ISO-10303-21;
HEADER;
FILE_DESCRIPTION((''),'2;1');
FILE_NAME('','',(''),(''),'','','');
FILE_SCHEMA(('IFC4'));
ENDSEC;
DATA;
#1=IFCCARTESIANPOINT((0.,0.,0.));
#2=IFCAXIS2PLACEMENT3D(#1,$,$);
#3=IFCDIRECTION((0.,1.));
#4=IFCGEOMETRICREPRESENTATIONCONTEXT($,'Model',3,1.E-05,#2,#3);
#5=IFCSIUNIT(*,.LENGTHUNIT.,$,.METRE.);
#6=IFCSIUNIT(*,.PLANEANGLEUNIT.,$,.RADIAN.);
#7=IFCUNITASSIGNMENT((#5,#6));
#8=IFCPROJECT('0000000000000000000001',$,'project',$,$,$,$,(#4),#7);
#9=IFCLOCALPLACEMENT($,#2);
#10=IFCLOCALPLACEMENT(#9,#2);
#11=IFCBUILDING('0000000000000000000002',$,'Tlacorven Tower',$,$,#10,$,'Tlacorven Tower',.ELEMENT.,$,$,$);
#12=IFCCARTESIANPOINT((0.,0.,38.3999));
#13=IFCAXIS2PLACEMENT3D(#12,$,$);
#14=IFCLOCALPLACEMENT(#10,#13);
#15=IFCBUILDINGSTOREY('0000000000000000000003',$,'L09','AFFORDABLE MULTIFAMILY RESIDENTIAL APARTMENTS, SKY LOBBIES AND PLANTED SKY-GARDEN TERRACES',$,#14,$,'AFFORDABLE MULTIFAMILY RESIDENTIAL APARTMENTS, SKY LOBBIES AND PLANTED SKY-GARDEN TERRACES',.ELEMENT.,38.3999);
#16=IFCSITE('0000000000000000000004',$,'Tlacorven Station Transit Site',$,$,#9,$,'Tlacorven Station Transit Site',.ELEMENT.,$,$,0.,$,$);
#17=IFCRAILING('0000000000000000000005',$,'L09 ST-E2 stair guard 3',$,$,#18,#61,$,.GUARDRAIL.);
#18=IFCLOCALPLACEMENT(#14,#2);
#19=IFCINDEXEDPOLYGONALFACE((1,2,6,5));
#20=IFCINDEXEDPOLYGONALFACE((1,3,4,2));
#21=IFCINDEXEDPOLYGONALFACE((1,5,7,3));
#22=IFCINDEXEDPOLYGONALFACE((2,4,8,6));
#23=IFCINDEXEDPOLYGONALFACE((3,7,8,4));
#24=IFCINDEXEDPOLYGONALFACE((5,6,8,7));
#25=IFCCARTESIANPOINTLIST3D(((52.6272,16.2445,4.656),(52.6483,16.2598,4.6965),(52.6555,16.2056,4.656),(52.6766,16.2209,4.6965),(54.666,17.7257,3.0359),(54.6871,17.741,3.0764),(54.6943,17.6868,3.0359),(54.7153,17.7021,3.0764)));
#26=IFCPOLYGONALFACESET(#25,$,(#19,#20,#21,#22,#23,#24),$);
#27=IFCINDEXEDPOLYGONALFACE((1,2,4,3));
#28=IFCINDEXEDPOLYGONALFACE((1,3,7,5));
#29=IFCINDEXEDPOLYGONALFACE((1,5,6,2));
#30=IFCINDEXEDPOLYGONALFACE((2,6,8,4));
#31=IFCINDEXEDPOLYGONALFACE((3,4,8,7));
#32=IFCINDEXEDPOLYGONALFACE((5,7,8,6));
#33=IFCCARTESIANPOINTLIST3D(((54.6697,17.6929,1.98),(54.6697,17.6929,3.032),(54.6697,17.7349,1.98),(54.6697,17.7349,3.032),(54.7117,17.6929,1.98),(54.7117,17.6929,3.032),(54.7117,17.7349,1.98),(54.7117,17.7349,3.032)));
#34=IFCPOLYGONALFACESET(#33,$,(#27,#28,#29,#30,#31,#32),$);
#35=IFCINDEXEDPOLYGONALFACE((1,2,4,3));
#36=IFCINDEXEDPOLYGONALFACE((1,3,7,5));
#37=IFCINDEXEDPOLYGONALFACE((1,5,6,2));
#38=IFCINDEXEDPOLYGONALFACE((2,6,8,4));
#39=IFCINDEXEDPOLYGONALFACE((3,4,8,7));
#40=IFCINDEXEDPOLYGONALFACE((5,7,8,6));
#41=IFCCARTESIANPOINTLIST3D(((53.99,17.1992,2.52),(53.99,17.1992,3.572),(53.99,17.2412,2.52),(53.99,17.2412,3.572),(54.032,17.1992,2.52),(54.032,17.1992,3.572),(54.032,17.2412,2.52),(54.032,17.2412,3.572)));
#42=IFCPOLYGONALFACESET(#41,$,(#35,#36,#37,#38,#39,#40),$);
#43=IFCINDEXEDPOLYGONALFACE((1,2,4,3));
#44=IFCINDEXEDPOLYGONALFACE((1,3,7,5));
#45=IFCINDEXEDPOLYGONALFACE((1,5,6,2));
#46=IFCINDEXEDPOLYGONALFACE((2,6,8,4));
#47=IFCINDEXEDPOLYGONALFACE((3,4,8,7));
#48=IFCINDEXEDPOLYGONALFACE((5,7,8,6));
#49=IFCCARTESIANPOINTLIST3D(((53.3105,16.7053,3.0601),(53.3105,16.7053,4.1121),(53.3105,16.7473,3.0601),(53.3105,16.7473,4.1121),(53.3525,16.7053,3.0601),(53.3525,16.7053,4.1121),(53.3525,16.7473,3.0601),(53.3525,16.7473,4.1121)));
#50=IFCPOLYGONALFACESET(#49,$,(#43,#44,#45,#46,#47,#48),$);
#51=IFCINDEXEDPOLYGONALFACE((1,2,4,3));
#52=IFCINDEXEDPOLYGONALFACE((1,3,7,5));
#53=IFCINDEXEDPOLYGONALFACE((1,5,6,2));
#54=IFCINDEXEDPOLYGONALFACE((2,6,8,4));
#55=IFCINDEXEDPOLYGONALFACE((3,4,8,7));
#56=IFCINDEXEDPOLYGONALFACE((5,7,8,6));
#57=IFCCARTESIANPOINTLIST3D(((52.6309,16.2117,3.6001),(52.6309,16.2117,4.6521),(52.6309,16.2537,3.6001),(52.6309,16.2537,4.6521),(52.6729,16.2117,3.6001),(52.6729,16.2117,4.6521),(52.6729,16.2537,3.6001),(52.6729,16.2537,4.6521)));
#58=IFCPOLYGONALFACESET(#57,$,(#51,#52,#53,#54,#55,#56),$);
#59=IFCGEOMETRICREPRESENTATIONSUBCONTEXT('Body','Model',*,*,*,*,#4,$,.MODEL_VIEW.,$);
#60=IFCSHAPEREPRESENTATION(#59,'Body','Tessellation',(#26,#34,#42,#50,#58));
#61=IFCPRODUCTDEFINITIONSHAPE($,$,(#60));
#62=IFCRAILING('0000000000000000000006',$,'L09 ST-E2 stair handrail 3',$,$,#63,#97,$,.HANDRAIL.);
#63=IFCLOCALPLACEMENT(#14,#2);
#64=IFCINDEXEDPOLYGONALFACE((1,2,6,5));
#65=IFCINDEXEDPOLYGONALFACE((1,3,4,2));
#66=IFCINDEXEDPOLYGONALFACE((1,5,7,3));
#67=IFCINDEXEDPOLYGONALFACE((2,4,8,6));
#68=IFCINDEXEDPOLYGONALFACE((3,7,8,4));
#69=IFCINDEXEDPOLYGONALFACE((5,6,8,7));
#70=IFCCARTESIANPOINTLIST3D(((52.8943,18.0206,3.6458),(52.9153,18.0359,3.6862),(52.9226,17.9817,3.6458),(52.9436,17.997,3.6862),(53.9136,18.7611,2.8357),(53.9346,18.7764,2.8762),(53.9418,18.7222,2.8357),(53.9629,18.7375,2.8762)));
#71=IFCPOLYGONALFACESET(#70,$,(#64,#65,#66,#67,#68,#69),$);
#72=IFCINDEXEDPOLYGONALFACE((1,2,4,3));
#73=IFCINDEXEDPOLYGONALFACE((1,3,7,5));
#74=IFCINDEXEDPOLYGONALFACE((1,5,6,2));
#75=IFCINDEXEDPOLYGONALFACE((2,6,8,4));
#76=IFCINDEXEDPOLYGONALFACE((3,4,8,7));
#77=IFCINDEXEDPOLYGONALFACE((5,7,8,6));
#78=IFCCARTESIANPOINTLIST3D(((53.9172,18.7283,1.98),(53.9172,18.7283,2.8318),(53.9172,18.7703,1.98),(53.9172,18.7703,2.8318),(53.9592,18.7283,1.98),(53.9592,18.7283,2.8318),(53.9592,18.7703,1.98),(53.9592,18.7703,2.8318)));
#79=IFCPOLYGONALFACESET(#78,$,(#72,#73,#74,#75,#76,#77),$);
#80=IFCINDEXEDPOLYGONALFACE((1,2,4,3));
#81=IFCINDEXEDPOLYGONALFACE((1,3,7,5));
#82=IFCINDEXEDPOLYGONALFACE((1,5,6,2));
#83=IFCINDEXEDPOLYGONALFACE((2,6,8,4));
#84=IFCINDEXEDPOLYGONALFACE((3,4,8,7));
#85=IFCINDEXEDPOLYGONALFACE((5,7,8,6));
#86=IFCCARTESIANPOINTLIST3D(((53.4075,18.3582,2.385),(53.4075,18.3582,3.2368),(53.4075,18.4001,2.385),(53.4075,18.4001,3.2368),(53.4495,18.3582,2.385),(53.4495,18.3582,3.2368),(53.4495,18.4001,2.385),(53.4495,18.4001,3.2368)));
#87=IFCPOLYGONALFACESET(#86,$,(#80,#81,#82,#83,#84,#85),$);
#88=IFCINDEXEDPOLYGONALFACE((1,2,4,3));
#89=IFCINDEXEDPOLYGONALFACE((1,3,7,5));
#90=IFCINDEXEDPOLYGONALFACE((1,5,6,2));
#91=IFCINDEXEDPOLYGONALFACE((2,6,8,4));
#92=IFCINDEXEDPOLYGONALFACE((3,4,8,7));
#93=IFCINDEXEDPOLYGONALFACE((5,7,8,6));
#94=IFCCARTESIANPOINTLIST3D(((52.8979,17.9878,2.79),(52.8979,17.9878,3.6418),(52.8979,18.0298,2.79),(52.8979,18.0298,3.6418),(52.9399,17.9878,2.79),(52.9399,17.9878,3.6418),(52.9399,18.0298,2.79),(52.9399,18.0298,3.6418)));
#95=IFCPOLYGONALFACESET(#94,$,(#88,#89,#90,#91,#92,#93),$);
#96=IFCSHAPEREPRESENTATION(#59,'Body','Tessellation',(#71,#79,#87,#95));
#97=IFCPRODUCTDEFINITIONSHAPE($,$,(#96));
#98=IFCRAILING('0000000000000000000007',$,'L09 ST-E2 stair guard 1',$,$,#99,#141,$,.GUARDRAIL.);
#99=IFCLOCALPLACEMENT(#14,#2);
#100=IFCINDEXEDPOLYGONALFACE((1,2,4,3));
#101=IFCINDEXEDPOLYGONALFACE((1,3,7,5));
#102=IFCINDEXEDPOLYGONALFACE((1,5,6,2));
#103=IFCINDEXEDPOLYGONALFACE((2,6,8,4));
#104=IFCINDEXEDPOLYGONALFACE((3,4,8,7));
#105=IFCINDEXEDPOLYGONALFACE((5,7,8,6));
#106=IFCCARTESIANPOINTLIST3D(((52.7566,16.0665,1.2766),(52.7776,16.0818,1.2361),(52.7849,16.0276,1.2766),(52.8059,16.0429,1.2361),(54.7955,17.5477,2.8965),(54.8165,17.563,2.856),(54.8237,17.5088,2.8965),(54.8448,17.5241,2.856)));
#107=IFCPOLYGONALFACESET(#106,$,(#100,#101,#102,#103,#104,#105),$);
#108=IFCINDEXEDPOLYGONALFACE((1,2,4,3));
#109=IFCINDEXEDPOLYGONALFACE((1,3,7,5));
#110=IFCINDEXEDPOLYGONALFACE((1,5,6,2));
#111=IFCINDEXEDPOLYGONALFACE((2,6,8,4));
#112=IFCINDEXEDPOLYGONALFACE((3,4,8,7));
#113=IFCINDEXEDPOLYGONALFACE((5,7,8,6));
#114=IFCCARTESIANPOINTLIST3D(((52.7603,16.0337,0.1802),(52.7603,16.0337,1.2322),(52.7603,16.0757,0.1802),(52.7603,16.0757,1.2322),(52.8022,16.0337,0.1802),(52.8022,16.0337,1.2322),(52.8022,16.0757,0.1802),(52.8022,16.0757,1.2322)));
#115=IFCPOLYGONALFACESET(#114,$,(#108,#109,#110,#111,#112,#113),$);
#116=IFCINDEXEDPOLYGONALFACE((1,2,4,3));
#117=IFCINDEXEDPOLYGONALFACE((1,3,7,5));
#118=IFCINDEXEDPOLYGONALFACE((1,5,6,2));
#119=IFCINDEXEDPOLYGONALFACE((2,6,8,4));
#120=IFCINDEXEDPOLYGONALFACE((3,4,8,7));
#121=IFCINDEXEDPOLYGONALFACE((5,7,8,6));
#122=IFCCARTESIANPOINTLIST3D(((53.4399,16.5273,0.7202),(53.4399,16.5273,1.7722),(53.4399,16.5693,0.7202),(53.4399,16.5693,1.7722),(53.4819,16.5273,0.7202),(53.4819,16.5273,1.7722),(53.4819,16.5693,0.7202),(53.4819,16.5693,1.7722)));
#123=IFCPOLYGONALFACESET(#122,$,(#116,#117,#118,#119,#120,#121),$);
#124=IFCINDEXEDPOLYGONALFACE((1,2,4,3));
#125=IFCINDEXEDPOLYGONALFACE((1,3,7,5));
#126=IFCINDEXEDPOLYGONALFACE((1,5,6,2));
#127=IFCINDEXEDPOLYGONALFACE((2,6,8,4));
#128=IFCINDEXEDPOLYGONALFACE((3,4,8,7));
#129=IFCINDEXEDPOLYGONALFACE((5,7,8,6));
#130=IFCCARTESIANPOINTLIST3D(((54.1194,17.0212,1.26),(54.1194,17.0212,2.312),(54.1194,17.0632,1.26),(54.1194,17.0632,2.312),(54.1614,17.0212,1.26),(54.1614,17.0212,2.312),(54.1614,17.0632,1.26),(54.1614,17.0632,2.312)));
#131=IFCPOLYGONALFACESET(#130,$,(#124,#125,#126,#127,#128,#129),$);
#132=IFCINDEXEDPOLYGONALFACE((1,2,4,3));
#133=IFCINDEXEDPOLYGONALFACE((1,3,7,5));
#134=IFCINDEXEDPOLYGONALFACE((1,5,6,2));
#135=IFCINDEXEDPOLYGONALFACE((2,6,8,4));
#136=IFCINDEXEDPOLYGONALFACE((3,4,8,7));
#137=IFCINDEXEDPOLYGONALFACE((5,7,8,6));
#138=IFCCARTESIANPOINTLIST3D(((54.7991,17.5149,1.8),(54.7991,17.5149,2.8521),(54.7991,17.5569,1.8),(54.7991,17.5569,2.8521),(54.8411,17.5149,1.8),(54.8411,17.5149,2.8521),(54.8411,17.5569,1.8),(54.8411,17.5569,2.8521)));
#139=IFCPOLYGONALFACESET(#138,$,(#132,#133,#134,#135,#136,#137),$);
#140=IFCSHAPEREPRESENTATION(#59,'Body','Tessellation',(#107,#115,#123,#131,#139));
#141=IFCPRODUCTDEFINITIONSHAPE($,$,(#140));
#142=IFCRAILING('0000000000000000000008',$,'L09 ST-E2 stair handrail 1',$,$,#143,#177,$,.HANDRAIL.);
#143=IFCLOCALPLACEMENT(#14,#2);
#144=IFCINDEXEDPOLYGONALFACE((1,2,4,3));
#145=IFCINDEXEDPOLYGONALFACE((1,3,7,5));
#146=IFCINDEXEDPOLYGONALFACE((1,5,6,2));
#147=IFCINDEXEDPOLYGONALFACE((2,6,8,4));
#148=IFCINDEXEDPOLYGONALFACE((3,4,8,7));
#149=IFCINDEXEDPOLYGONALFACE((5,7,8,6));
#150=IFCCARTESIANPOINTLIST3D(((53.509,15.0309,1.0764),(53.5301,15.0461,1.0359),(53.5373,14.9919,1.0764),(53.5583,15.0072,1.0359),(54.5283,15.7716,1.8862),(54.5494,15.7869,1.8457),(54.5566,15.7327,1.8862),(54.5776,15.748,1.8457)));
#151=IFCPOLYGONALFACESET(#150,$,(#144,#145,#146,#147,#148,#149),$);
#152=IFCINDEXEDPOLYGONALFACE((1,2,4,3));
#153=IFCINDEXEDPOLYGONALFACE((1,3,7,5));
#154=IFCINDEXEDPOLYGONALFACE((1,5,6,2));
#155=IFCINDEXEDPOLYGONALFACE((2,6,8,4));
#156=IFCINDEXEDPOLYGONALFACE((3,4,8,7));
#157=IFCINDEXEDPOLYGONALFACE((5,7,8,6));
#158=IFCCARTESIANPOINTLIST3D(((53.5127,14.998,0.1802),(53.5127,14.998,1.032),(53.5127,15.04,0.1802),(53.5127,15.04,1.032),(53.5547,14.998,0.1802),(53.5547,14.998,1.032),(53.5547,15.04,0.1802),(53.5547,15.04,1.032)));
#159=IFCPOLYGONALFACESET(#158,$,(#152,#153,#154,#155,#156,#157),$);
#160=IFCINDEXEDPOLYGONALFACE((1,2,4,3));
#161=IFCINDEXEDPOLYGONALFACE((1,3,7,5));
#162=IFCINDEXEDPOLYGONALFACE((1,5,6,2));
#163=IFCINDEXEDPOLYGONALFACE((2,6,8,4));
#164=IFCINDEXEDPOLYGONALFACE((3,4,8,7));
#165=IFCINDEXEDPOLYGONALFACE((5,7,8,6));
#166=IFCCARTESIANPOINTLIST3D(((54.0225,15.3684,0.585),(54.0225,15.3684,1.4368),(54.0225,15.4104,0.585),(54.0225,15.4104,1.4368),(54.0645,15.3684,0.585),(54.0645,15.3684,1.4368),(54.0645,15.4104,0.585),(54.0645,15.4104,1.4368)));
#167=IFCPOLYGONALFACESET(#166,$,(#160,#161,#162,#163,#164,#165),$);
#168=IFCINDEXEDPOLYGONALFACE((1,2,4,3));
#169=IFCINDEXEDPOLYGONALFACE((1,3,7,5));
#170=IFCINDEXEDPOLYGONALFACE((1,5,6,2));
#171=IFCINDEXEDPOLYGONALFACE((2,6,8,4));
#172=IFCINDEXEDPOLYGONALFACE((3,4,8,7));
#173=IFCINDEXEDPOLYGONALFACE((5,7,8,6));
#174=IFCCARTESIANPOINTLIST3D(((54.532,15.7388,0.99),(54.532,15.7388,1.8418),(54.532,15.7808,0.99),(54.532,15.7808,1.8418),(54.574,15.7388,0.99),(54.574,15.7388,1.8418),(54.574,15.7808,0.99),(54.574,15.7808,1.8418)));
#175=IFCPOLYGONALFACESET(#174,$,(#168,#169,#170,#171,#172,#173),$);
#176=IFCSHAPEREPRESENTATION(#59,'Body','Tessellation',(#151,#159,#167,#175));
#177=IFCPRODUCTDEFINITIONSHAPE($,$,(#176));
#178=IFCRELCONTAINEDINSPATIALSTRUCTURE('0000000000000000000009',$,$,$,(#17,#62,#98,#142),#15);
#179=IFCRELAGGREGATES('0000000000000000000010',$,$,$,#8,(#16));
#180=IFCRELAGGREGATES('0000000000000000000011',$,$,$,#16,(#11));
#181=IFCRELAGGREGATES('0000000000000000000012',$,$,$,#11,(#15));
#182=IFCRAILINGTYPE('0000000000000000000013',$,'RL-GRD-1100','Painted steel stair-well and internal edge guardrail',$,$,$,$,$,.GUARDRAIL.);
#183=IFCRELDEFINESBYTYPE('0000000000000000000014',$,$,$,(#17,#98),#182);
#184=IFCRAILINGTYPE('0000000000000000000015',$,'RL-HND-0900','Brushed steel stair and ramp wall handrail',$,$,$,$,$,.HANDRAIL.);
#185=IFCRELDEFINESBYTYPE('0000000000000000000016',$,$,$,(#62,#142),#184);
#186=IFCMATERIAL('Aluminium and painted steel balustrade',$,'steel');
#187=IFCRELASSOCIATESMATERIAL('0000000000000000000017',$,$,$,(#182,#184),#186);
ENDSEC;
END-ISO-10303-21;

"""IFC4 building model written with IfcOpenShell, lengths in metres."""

from ifc_helpers import new_model, si_unit, direction, frame, origin, origin_2d, place, context, subcontext, project, spatial, rectangle, extrude, source, transform, mapped, material, type_object, element, save


model = new_model("IFC4")

# Units and contexts
model_context = context("Model", 3, precision=1e-05, world=origin(), true_north=direction((0.0, 1.0)))
body_context = subcontext(model_context, "Body", "Model", "MODEL_VIEW")
ifc_project = project(units=[si_unit("LENGTHUNIT", "METRE"), si_unit("PLANEANGLEUNIT", "RADIAN")], contexts=[model_context])

# Site, building, storey
site_placement = place(None, origin())
site = spatial("IfcSite", under=ifc_project, at=site_placement, Name="Tlacorven Station Transit Site", LongName="Tlacorven Station Transit Site", CompositionType="ELEMENT", RefElevation=0.0)
building_placement = place(site_placement, origin())
building = spatial("IfcBuilding", under=site, at=building_placement, Name="Tlacorven Tower", LongName="Tlacorven Tower", CompositionType="ELEMENT")
storey_placement = place(building_placement, frame((0.0, 0.0, 38.3999)))
storey = spatial("IfcBuildingStorey", under=building, at=storey_placement, Name="L09", Description="AFFORDABLE MULTIFAMILY RESIDENTIAL APARTMENTS, SKY LOBBIES AND PLANTED SKY-GARDEN TERRACES", LongName="AFFORDABLE MULTIFAMILY RESIDENTIAL APARTMENTS, SKY LOBBIES AND PLANTED SKY-GARDEN TERRACES", CompositionType="ELEMENT", Elevation=38.3999)

# Railings
ifc_material_1 = material(Name="Aluminium and painted steel balustrade", Category="steel")
railing_type_1 = type_object("IfcRailingType", Name="RL-GRD-1100", Description="Painted steel stair-well and internal edge guardrail", PredefinedType="GUARDRAIL", material=ifc_material_1)
railing_type_2 = type_object("IfcRailingType", Name="RL-HND-0900", Description="Brushed steel stair and ramp wall handrail", PredefinedType="HANDRAIL", material=ifc_material_1)
shared_shape_1 = source(origin(), body_context, "Body", "SweptSolid", [
    extrude(rectangle(XDim=0.0481, YDim=0.0481, at=origin_2d()), frame((0.0, 0.0, 1.0762), z_axis=(-0.680532, -0.494407, 0.540775), x_axis=(0.587763, -0.809033, 0.0)), (0.0, 0.0, 1.0), 2.9958),
    extrude(rectangle(XDim=0.042, YDim=0.042, at=origin_2d()), origin(), (0.0, 0.0, 1.0), 1.052),
    extrude(rectangle(XDim=0.042, YDim=0.042, at=origin_2d()), frame((-0.6797, -0.4937, 0.54)), (0.0, 0.0, 1.0), 1.052),
    extrude(rectangle(XDim=0.042, YDim=0.042, at=origin_2d()), frame((-1.3591, -0.9875, 1.0801)), (0.0, 0.0, 1.0), 1.052),
    extrude(rectangle(XDim=0.042, YDim=0.042, at=origin_2d()), frame((-2.0388, -1.4812, 1.6201)), (0.0, 0.0, 1.0), 1.052),
])
railing_1_placement = place(storey_placement, frame((54.6907, 17.7139, 1.98)))
element("IfcRailing", 1, at=railing_1_placement, inside=storey, type_object=railing_type_1, Name="L09 ST-E2 stair guard 3", PredefinedType="GUARDRAIL", context=body_context, shape_type="MappedRepresentation", body=[
    mapped(shared_shape_1, transform((0.0, 0.0, 0.0), scale=1.0)),
])
shared_shape_2 = source(origin(), body_context, "Body", "SweptSolid", [
    extrude(rectangle(XDim=0.0481, YDim=0.0481, at=origin_2d()), frame((0.0, 0.0, 0.876), z_axis=(-0.680516, -0.494373, 0.540827), x_axis=(0.587745, -0.809046, 0.0)), (0.0, 0.0, 1.0), 1.4978),
    extrude(rectangle(XDim=0.042, YDim=0.042, at=origin_2d()), origin(), (0.0, 0.0, 1.0), 0.8518),
    extrude(rectangle(XDim=0.042, YDim=0.042, at=origin_2d()), frame((-0.5098, -0.3701, 0.405)), (0.0, 0.0, 1.0), 0.8518),
    extrude(rectangle(XDim=0.042, YDim=0.042, at=origin_2d()), frame((-1.0193, -0.7405, 0.8101)), (0.0, 0.0, 1.0), 0.8518),
])
railing_2_placement = place(storey_placement, frame((53.9382, 18.7493, 1.98)))
element("IfcRailing", 2, at=railing_2_placement, inside=storey, type_object=railing_type_2, Name="L09 ST-E2 stair handrail 3", PredefinedType="HANDRAIL", context=body_context, shape_type="MappedRepresentation", body=[
    mapped(shared_shape_2, transform((0.0, 0.0, 0.0), scale=1.0)),
])
shared_shape_3 = source(origin(), body_context, "Body", "SweptSolid", [
    extrude(rectangle(XDim=0.0481, YDim=0.0481, at=origin_2d()), frame((0.0, 0.0, 1.0762), z_axis=(0.680562, 0.494428, 0.540717), x_axis=(-0.587763, 0.809033, 0.0)), (0.0, 0.0, 1.0), 2.9958),
    extrude(rectangle(XDim=0.042, YDim=0.042, at=origin_2d()), origin(), (0.0, 0.0, 1.0), 1.052),
    extrude(rectangle(XDim=0.042, YDim=0.042, at=origin_2d()), frame((0.6797, 0.4937, 0.54)), (0.0, 0.0, 1.0), 1.052),
    extrude(rectangle(XDim=0.042, YDim=0.042, at=origin_2d()), frame((1.3591, 0.9875, 1.0798)), (0.0, 0.0, 1.0), 1.052),
    extrude(rectangle(XDim=0.042, YDim=0.042, at=origin_2d()), frame((2.0388, 1.4812, 1.6199)), (0.0, 0.0, 1.0), 1.052),
])
railing_3_placement = place(storey_placement, frame((52.7812, 16.0547, 0.1802)))
element("IfcRailing", 3, at=railing_3_placement, inside=storey, type_object=railing_type_1, Name="L09 ST-E2 stair guard 1", PredefinedType="GUARDRAIL", context=body_context, shape_type="MappedRepresentation", body=[
    mapped(shared_shape_3, transform((0.0, 0.0, 0.0), scale=1.0)),
])
shared_shape_4 = source(origin(), body_context, "Body", "SweptSolid", [
    extrude(rectangle(XDim=0.0481, YDim=0.0481, at=origin_2d()), frame((0.0, 0.0, 0.876), z_axis=(0.680521, 0.494539, 0.540668), x_axis=(-0.587872, 0.808954, 0.0)), (0.0, 0.0, 1.0), 1.4978),
    extrude(rectangle(XDim=0.042, YDim=0.042, at=origin_2d()), origin(), (0.0, 0.0, 1.0), 0.8518),
    extrude(rectangle(XDim=0.042, YDim=0.042, at=origin_2d()), frame((0.5098, 0.3704, 0.4048)), (0.0, 0.0, 1.0), 0.8518),
    extrude(rectangle(XDim=0.042, YDim=0.042, at=origin_2d()), frame((1.0193, 0.7407, 0.8098)), (0.0, 0.0, 1.0), 0.8518),
])
railing_4_placement = place(storey_placement, frame((53.5337, 15.019, 0.1802)))
element("IfcRailing", 4, at=railing_4_placement, inside=storey, type_object=railing_type_2, Name="L09 ST-E2 stair handrail 1", PredefinedType="HANDRAIL", context=body_context, shape_type="MappedRepresentation", body=[
    mapped(shared_shape_4, transform((0.0, 0.0, 0.0), scale=1.0)),
])

save(model, "model.ifc")
